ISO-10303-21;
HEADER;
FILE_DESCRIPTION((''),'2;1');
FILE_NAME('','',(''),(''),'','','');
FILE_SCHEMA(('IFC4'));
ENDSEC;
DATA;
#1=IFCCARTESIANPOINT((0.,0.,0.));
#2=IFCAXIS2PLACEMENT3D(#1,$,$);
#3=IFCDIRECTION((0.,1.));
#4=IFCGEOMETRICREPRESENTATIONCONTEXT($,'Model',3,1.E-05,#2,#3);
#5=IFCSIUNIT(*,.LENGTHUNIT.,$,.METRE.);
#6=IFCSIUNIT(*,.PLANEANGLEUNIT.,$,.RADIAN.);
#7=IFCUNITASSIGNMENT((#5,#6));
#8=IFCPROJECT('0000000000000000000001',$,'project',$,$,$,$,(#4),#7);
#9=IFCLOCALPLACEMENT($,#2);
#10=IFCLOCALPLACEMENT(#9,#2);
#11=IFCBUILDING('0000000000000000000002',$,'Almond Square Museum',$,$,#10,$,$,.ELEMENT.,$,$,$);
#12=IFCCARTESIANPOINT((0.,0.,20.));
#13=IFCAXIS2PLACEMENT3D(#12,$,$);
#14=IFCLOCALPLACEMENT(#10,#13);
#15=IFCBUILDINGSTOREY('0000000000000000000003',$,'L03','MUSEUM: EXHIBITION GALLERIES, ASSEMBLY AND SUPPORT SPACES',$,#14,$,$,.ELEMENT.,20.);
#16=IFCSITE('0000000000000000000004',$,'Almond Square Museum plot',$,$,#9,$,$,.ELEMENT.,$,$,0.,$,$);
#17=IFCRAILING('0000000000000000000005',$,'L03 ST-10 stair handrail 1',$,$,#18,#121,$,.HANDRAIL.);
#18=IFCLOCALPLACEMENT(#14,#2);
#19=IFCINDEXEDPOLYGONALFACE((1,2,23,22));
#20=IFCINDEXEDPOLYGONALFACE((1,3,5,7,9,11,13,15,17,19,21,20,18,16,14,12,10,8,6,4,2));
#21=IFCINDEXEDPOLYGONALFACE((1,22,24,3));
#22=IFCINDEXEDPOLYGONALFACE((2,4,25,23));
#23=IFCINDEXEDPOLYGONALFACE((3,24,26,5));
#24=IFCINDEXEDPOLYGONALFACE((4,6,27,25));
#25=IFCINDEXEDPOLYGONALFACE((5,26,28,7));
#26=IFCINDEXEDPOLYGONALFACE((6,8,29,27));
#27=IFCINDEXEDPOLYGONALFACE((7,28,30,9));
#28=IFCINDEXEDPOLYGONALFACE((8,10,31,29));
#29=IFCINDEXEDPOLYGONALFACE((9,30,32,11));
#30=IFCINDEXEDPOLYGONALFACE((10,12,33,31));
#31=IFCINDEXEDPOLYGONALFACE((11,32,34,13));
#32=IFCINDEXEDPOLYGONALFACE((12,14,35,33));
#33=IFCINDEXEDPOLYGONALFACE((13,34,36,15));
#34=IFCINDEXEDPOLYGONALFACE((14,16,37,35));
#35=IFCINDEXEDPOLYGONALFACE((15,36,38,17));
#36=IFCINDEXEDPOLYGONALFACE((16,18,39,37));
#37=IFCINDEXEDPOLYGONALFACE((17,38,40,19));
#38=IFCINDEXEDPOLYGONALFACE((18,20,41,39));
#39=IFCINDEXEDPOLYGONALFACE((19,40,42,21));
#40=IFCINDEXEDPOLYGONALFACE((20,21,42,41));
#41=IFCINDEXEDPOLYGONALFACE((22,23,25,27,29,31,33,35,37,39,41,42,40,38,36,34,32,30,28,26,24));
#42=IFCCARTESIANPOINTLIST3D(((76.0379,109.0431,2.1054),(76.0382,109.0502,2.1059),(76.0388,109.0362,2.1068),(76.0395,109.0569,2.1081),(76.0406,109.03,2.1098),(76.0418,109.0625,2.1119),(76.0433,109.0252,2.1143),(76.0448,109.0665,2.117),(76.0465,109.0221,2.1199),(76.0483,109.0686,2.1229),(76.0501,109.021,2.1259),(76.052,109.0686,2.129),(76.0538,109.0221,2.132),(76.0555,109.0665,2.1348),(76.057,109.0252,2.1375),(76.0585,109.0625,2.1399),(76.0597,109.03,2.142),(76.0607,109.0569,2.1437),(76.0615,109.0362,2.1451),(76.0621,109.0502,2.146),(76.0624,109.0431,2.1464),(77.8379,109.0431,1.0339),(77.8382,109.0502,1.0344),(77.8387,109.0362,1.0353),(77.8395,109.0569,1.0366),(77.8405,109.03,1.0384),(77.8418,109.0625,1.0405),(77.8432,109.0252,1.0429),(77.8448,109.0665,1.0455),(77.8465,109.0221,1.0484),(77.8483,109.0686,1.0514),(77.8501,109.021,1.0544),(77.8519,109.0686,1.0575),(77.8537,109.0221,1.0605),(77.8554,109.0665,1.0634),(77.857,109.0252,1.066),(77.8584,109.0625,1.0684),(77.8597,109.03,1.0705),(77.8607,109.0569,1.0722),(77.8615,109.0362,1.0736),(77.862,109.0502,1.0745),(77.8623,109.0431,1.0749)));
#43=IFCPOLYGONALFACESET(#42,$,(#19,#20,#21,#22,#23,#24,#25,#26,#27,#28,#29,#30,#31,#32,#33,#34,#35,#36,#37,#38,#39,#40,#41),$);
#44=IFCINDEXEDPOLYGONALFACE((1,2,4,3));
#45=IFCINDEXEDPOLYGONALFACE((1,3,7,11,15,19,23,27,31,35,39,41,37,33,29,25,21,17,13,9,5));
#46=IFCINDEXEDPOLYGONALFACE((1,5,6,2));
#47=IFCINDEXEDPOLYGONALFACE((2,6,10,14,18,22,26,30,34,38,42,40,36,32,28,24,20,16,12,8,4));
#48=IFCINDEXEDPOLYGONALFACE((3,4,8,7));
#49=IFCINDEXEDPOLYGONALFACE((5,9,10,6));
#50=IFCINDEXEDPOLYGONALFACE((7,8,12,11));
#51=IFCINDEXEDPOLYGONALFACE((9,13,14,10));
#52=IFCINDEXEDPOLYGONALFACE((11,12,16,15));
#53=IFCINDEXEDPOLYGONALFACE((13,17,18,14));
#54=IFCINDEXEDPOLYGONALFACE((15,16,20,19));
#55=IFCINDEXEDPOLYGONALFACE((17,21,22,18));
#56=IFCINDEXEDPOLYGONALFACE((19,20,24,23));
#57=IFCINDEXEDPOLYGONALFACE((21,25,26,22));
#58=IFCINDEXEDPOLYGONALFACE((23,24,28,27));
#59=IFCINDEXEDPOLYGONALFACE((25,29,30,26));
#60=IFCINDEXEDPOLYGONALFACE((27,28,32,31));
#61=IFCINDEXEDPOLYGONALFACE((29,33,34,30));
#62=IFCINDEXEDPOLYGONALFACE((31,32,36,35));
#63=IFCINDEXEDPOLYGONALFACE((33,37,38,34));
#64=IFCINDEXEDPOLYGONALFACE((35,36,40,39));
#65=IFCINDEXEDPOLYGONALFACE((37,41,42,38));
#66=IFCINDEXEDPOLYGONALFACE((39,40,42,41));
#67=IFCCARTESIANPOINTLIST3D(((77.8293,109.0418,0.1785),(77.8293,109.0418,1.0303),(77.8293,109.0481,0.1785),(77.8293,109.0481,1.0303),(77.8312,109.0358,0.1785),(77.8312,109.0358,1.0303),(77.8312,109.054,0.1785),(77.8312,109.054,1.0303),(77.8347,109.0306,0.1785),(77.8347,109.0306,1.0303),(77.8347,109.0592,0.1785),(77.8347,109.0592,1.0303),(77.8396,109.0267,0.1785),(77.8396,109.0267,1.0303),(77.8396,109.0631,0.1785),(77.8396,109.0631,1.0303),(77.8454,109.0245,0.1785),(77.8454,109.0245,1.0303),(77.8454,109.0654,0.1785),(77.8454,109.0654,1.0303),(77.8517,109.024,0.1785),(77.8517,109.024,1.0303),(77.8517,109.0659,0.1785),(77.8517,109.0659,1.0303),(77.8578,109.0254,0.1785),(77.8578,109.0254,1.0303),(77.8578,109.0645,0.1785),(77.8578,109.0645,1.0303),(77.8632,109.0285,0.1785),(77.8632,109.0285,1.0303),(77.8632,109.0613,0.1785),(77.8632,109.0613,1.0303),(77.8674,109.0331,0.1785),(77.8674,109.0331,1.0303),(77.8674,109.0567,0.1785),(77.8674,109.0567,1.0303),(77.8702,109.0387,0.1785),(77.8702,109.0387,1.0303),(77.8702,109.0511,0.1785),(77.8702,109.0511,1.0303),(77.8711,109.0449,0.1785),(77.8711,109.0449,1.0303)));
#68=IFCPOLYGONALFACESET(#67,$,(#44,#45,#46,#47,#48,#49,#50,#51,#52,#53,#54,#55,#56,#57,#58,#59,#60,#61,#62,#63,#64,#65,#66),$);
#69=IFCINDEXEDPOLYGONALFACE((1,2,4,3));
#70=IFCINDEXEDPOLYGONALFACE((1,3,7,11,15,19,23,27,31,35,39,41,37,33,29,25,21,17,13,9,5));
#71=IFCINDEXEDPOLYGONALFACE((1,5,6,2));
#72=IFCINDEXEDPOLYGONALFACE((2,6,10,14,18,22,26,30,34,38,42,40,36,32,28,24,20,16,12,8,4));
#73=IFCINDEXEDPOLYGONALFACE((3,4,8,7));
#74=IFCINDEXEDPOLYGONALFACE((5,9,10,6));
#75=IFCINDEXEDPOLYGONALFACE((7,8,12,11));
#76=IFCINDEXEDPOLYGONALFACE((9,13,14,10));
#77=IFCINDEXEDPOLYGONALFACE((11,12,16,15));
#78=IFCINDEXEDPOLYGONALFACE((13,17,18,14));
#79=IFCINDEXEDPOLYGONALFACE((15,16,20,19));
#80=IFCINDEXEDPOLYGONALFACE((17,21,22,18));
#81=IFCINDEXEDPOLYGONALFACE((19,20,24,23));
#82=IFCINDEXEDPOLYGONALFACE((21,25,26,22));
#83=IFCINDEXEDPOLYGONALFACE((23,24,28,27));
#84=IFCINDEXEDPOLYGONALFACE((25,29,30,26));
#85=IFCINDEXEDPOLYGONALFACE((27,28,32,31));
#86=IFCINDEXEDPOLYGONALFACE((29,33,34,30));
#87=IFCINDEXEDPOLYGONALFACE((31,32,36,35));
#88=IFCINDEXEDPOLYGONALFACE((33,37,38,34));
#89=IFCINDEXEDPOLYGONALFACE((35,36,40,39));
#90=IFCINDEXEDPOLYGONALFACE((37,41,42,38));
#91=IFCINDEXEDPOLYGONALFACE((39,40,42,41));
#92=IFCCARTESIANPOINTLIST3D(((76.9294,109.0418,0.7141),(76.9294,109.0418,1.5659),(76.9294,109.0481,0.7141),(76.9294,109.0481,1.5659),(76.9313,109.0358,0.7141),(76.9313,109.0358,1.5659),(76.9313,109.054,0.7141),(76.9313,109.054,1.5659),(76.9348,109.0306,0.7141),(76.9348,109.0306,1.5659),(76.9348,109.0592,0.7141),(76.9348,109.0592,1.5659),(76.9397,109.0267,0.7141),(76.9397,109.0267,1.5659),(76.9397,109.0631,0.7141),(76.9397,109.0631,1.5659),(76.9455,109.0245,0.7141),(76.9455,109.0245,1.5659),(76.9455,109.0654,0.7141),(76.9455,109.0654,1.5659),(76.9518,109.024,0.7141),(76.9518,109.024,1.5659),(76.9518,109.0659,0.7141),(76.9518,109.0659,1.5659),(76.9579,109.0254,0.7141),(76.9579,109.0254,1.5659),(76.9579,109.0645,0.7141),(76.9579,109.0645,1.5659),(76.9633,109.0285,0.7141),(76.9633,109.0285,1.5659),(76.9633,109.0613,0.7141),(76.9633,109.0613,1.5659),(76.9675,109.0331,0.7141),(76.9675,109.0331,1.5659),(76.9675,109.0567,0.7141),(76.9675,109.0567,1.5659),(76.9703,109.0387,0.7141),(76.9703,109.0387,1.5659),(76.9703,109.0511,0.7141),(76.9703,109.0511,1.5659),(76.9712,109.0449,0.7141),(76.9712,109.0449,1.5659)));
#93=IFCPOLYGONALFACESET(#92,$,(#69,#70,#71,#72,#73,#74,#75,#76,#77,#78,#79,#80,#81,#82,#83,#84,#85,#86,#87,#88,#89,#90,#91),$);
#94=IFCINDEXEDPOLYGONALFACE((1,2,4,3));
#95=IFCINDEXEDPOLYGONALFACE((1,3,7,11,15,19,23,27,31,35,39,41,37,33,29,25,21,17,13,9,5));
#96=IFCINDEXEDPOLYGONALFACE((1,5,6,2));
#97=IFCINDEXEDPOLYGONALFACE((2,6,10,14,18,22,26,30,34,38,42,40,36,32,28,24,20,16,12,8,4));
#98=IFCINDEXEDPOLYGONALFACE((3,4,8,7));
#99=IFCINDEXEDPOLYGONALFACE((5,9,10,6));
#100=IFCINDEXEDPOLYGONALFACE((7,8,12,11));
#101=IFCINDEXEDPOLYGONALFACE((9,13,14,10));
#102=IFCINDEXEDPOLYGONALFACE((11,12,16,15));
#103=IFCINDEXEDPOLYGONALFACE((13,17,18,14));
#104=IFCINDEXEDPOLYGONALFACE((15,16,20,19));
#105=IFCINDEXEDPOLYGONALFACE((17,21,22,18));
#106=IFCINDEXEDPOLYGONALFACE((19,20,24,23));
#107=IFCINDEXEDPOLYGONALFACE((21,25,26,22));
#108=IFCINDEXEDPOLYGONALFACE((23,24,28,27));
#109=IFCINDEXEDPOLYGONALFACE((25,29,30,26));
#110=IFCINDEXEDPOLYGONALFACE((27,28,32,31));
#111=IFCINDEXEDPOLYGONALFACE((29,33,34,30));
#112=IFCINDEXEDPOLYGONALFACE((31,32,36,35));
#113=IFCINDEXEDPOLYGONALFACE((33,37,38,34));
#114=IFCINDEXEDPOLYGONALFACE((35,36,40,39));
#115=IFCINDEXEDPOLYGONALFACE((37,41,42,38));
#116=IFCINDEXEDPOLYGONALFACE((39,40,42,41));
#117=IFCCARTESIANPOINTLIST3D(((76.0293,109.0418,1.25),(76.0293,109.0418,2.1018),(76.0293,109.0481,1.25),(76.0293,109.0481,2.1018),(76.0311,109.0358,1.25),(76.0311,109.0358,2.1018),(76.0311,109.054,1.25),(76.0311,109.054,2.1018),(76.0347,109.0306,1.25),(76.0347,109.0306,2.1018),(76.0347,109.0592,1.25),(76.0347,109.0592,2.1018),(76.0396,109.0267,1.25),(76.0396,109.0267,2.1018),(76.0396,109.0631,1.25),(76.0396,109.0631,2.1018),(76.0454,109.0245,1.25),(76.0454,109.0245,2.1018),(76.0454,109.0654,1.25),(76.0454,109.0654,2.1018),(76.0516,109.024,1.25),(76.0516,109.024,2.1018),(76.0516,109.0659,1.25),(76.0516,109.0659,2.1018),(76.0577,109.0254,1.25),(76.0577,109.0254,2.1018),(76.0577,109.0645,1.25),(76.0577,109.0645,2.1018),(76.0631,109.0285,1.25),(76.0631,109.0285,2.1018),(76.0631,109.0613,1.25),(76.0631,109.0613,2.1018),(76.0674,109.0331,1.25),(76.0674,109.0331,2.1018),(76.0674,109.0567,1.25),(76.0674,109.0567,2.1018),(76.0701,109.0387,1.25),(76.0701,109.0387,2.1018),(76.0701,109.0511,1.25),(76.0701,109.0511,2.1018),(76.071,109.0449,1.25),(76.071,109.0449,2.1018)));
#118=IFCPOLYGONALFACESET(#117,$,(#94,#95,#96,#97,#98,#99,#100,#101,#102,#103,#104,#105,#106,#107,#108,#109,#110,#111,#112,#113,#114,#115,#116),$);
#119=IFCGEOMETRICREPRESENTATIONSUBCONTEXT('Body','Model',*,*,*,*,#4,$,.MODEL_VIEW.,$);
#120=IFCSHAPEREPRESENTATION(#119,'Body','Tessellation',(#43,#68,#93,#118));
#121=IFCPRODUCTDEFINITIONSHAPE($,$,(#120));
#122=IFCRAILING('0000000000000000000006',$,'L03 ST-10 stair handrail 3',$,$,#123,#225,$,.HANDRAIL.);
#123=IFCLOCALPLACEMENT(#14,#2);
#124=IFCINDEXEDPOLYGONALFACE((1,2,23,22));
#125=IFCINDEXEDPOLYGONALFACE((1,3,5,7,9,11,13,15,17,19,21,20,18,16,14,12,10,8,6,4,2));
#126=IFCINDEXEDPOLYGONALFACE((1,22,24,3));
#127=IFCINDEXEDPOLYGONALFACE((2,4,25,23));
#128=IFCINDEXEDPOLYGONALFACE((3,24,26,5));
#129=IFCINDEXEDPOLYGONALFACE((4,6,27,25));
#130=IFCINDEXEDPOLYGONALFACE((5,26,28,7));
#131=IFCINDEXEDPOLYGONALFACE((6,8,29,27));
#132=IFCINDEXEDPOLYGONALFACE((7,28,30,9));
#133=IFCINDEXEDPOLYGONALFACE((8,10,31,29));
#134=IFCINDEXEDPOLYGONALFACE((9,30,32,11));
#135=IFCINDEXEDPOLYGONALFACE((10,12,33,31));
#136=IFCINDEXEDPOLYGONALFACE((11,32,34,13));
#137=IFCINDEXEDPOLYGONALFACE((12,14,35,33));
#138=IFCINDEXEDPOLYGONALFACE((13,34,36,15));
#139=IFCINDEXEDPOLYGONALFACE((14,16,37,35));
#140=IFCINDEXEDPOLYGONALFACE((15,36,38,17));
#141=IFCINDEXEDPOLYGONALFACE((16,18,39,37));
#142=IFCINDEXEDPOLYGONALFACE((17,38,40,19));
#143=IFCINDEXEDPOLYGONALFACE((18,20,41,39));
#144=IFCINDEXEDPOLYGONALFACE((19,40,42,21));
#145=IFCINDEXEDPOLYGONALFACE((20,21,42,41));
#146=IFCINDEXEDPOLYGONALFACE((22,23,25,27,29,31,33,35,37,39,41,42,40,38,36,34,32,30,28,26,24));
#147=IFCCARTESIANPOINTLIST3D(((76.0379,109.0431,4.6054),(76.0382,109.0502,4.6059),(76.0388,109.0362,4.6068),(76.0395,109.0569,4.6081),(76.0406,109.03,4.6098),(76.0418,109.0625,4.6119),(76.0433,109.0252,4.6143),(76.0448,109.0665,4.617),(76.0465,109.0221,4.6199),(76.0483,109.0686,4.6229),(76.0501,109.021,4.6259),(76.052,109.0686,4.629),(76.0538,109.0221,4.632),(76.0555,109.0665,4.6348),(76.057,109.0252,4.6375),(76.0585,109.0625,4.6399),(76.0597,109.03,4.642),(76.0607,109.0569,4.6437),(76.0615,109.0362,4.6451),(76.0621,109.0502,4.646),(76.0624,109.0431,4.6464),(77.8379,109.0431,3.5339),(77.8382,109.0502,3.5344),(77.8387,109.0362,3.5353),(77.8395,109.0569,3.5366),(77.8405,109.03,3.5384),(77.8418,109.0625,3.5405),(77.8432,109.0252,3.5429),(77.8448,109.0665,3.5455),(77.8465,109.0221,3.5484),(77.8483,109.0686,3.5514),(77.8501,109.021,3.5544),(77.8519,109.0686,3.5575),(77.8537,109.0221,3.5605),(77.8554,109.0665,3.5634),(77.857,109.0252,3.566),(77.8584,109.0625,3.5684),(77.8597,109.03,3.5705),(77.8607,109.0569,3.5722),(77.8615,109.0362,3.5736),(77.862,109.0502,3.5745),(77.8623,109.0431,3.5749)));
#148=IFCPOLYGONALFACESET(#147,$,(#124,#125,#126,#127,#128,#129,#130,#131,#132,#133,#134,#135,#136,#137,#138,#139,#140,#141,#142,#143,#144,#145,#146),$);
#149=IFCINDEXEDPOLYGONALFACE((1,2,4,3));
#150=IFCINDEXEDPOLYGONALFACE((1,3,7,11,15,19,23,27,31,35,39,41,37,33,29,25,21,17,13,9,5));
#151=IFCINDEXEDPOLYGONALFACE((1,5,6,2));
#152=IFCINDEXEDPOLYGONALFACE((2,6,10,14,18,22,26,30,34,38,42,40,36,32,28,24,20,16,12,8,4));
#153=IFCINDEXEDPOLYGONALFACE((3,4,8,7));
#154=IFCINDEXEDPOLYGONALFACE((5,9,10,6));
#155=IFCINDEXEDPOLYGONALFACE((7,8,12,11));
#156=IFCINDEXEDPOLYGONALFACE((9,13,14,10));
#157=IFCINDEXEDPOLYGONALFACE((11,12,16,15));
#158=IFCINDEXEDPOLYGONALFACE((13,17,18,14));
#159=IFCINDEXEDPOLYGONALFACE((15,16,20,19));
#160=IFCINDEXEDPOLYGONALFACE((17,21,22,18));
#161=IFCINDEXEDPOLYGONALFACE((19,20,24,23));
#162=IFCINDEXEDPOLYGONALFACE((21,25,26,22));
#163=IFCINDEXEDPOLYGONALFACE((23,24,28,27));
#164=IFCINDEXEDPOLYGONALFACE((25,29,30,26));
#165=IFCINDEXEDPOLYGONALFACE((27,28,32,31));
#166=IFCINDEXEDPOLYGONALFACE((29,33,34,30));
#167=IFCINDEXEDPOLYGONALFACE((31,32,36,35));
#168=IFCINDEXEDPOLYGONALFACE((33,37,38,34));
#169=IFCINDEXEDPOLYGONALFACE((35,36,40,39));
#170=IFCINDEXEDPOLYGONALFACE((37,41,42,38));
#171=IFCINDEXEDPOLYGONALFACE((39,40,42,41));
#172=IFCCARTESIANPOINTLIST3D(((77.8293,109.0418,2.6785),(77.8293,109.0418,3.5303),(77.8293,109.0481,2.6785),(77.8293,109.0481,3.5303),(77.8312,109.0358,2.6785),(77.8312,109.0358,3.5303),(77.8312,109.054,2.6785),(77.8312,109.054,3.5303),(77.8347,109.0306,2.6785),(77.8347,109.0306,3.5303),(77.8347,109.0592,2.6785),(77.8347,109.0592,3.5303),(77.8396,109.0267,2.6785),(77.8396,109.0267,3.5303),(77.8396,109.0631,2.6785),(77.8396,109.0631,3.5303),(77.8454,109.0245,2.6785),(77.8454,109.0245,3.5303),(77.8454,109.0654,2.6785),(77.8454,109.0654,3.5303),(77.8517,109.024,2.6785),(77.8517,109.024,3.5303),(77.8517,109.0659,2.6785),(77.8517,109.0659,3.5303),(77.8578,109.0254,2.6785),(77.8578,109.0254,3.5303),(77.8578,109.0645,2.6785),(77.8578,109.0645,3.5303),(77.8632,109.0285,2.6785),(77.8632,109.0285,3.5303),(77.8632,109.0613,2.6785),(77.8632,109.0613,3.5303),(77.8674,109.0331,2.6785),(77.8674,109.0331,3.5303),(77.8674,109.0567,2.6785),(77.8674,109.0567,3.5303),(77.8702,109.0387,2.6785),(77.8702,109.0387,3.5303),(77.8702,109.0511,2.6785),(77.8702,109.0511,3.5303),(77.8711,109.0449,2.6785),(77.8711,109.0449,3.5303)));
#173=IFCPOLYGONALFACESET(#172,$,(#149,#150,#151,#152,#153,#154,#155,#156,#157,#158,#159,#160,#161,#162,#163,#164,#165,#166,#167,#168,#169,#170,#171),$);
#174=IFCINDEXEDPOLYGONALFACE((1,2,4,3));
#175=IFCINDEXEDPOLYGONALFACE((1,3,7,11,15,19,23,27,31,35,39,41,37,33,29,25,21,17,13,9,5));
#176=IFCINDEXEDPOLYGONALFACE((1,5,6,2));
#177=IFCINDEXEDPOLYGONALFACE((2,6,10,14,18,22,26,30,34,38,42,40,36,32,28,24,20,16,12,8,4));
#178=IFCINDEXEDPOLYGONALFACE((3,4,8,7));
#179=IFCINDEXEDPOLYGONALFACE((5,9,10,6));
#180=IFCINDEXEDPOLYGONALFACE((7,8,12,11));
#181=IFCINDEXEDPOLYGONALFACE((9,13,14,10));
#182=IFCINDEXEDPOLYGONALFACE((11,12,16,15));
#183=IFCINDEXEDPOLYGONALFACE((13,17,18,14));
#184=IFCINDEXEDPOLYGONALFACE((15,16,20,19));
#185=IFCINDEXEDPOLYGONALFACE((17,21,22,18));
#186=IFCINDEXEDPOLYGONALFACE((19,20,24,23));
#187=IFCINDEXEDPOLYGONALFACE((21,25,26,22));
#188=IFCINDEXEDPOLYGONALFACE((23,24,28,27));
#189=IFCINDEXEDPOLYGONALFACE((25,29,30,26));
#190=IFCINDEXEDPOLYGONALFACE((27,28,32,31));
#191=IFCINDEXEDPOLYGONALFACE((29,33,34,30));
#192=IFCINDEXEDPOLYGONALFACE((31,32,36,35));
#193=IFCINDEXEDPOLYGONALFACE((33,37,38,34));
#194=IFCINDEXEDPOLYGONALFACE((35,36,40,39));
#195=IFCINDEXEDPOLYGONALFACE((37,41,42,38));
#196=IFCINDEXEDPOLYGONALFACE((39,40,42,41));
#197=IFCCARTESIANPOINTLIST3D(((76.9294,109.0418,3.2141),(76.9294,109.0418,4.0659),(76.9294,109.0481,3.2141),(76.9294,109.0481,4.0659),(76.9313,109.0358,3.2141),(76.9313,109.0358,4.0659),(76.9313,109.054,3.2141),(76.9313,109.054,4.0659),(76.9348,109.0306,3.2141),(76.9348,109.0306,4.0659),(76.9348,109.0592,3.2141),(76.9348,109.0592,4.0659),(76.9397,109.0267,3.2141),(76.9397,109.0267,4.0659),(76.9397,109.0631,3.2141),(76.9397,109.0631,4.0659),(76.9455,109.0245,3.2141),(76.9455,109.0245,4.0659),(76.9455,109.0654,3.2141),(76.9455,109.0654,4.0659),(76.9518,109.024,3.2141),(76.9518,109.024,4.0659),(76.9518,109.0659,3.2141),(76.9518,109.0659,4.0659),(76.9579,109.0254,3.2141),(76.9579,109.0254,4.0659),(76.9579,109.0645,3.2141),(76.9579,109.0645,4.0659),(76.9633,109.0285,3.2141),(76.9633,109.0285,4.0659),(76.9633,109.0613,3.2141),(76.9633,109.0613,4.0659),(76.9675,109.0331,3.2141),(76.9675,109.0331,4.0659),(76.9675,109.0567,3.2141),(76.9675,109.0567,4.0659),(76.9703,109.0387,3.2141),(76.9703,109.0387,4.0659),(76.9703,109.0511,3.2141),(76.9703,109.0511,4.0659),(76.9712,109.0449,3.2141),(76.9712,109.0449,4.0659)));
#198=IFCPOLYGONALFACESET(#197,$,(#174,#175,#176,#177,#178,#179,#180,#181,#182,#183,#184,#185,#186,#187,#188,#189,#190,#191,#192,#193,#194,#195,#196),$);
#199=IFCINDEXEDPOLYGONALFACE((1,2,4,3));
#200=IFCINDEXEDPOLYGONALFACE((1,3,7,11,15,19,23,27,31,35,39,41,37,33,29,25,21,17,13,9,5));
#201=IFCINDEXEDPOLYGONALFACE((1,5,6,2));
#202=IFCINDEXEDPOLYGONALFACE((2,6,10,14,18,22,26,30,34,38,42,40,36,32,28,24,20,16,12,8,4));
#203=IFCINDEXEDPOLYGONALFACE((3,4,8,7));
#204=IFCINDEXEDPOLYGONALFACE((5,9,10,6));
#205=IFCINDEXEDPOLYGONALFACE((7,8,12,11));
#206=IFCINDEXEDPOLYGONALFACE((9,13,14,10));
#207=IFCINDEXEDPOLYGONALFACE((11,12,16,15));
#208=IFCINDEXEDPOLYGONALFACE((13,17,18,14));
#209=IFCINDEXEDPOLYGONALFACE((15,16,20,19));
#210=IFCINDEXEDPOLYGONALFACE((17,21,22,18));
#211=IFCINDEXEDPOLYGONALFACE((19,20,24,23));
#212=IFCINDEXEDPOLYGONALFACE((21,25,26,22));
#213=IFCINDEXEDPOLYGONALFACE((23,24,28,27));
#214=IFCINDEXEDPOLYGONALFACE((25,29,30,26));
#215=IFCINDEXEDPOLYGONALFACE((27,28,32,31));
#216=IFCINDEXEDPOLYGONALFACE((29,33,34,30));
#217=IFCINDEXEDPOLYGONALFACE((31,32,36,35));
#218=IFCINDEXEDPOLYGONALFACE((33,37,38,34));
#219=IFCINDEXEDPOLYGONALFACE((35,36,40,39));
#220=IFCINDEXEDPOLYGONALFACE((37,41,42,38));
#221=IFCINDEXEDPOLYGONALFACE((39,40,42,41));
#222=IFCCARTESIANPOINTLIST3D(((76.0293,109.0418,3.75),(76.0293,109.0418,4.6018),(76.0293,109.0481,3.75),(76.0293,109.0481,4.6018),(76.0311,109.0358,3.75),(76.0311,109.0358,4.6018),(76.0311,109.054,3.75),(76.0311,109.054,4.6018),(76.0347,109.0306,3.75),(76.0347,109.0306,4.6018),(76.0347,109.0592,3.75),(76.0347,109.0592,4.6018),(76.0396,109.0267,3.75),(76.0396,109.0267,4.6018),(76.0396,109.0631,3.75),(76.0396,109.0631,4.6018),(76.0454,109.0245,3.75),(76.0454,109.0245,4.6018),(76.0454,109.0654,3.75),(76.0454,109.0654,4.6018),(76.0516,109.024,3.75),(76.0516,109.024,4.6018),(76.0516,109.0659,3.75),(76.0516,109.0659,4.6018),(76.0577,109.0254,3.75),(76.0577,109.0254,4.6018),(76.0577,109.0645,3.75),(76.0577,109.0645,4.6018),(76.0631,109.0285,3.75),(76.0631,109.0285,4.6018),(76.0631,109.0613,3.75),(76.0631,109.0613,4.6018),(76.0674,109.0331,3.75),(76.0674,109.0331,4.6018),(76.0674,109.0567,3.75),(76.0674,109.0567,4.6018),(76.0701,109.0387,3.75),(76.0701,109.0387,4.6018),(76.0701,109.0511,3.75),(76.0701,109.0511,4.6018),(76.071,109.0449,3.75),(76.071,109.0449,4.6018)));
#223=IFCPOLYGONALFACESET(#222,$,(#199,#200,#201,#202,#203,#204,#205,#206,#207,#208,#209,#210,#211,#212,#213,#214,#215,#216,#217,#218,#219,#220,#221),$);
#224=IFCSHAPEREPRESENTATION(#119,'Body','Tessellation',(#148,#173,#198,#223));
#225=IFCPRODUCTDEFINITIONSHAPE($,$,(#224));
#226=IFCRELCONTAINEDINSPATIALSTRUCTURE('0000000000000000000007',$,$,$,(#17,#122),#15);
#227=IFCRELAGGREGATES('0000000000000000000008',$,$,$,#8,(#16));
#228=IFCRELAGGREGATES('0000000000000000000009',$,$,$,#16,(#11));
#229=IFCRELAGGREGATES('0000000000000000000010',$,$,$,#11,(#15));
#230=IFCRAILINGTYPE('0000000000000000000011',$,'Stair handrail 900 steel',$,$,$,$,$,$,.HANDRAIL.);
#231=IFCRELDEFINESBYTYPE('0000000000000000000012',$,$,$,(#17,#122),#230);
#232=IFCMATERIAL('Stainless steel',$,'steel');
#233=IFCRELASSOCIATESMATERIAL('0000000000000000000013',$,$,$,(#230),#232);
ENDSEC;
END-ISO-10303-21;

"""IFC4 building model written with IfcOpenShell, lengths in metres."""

from ifc_helpers import new_model, si_unit, direction, frame, origin, origin_2d, place, context, subcontext, project, spatial, circle, extrude, material, type_object, element, save


model = new_model("IFC4")

# Units and contexts
model_context = context("Model", 3, precision=1e-05, world=origin(), true_north=direction((0.0, 1.0)))
body_context = subcontext(model_context, "Body", "Model", "MODEL_VIEW")
ifc_project = project(units=[si_unit("LENGTHUNIT", "METRE"), si_unit("PLANEANGLEUNIT", "RADIAN")], contexts=[model_context])

# Site, building, storey
site_placement = place(None, origin())
site = spatial("IfcSite", under=ifc_project, at=site_placement, Name="Almond Square Museum plot", CompositionType="ELEMENT", RefElevation=0.0)
building_placement = place(site_placement, origin())
building = spatial("IfcBuilding", under=site, at=building_placement, Name="Almond Square Museum", CompositionType="ELEMENT")
storey_placement = place(building_placement, frame((0.0, 0.0, 20.0)))
storey = spatial("IfcBuildingStorey", under=building, at=storey_placement, Name="L03", Description="MUSEUM: EXHIBITION GALLERIES, ASSEMBLY AND SUPPORT SPACES", CompositionType="ELEMENT", Elevation=20.0)

# Railings
ifc_material_1 = material(Name="Stainless steel", Category="steel")
railing_type_1 = type_object("IfcRailingType", Name="Stair handrail 900 steel", PredefinedType="HANDRAIL", material=ifc_material_1)
for number, where, name in (
    (1, (77.8501, 109.0449, 0.1785), "L03 ST-10 stair handrail 1"),
    (2, (77.8501, 109.0449, 2.6785), "L03 ST-10 stair handrail 3"),
):
    element("IfcRailing", number, at=place(storey_placement, frame(where)), inside=storey, type_object=railing_type_1, Name=name, PredefinedType="HANDRAIL", context=body_context, shape_type="SweptSolid", body=[
        extrude(circle(Radius=0.0239, at=origin_2d()), frame((0.0, 0.0, 0.876), z_axis=(-0.859277, 0.0, 0.51151), x_axis=(0.0, -1.0, 0.0)), (0.0, 0.0, 1.0), 2.0947),
        extrude(circle(Radius=0.021, at=origin_2d()), origin(), (0.0, 0.0, 1.0), 0.8518),
        extrude(circle(Radius=0.021, at=origin_2d()), frame((-0.8999, 0.0, 0.5356)), (0.0, 0.0, 1.0), 0.8518),
        extrude(circle(Radius=0.021, at=origin_2d()), frame((-1.8, 0.0, 1.0715)), (0.0, 0.0, 1.0), 0.8518),
    ])

save(model, "model.ifc")
